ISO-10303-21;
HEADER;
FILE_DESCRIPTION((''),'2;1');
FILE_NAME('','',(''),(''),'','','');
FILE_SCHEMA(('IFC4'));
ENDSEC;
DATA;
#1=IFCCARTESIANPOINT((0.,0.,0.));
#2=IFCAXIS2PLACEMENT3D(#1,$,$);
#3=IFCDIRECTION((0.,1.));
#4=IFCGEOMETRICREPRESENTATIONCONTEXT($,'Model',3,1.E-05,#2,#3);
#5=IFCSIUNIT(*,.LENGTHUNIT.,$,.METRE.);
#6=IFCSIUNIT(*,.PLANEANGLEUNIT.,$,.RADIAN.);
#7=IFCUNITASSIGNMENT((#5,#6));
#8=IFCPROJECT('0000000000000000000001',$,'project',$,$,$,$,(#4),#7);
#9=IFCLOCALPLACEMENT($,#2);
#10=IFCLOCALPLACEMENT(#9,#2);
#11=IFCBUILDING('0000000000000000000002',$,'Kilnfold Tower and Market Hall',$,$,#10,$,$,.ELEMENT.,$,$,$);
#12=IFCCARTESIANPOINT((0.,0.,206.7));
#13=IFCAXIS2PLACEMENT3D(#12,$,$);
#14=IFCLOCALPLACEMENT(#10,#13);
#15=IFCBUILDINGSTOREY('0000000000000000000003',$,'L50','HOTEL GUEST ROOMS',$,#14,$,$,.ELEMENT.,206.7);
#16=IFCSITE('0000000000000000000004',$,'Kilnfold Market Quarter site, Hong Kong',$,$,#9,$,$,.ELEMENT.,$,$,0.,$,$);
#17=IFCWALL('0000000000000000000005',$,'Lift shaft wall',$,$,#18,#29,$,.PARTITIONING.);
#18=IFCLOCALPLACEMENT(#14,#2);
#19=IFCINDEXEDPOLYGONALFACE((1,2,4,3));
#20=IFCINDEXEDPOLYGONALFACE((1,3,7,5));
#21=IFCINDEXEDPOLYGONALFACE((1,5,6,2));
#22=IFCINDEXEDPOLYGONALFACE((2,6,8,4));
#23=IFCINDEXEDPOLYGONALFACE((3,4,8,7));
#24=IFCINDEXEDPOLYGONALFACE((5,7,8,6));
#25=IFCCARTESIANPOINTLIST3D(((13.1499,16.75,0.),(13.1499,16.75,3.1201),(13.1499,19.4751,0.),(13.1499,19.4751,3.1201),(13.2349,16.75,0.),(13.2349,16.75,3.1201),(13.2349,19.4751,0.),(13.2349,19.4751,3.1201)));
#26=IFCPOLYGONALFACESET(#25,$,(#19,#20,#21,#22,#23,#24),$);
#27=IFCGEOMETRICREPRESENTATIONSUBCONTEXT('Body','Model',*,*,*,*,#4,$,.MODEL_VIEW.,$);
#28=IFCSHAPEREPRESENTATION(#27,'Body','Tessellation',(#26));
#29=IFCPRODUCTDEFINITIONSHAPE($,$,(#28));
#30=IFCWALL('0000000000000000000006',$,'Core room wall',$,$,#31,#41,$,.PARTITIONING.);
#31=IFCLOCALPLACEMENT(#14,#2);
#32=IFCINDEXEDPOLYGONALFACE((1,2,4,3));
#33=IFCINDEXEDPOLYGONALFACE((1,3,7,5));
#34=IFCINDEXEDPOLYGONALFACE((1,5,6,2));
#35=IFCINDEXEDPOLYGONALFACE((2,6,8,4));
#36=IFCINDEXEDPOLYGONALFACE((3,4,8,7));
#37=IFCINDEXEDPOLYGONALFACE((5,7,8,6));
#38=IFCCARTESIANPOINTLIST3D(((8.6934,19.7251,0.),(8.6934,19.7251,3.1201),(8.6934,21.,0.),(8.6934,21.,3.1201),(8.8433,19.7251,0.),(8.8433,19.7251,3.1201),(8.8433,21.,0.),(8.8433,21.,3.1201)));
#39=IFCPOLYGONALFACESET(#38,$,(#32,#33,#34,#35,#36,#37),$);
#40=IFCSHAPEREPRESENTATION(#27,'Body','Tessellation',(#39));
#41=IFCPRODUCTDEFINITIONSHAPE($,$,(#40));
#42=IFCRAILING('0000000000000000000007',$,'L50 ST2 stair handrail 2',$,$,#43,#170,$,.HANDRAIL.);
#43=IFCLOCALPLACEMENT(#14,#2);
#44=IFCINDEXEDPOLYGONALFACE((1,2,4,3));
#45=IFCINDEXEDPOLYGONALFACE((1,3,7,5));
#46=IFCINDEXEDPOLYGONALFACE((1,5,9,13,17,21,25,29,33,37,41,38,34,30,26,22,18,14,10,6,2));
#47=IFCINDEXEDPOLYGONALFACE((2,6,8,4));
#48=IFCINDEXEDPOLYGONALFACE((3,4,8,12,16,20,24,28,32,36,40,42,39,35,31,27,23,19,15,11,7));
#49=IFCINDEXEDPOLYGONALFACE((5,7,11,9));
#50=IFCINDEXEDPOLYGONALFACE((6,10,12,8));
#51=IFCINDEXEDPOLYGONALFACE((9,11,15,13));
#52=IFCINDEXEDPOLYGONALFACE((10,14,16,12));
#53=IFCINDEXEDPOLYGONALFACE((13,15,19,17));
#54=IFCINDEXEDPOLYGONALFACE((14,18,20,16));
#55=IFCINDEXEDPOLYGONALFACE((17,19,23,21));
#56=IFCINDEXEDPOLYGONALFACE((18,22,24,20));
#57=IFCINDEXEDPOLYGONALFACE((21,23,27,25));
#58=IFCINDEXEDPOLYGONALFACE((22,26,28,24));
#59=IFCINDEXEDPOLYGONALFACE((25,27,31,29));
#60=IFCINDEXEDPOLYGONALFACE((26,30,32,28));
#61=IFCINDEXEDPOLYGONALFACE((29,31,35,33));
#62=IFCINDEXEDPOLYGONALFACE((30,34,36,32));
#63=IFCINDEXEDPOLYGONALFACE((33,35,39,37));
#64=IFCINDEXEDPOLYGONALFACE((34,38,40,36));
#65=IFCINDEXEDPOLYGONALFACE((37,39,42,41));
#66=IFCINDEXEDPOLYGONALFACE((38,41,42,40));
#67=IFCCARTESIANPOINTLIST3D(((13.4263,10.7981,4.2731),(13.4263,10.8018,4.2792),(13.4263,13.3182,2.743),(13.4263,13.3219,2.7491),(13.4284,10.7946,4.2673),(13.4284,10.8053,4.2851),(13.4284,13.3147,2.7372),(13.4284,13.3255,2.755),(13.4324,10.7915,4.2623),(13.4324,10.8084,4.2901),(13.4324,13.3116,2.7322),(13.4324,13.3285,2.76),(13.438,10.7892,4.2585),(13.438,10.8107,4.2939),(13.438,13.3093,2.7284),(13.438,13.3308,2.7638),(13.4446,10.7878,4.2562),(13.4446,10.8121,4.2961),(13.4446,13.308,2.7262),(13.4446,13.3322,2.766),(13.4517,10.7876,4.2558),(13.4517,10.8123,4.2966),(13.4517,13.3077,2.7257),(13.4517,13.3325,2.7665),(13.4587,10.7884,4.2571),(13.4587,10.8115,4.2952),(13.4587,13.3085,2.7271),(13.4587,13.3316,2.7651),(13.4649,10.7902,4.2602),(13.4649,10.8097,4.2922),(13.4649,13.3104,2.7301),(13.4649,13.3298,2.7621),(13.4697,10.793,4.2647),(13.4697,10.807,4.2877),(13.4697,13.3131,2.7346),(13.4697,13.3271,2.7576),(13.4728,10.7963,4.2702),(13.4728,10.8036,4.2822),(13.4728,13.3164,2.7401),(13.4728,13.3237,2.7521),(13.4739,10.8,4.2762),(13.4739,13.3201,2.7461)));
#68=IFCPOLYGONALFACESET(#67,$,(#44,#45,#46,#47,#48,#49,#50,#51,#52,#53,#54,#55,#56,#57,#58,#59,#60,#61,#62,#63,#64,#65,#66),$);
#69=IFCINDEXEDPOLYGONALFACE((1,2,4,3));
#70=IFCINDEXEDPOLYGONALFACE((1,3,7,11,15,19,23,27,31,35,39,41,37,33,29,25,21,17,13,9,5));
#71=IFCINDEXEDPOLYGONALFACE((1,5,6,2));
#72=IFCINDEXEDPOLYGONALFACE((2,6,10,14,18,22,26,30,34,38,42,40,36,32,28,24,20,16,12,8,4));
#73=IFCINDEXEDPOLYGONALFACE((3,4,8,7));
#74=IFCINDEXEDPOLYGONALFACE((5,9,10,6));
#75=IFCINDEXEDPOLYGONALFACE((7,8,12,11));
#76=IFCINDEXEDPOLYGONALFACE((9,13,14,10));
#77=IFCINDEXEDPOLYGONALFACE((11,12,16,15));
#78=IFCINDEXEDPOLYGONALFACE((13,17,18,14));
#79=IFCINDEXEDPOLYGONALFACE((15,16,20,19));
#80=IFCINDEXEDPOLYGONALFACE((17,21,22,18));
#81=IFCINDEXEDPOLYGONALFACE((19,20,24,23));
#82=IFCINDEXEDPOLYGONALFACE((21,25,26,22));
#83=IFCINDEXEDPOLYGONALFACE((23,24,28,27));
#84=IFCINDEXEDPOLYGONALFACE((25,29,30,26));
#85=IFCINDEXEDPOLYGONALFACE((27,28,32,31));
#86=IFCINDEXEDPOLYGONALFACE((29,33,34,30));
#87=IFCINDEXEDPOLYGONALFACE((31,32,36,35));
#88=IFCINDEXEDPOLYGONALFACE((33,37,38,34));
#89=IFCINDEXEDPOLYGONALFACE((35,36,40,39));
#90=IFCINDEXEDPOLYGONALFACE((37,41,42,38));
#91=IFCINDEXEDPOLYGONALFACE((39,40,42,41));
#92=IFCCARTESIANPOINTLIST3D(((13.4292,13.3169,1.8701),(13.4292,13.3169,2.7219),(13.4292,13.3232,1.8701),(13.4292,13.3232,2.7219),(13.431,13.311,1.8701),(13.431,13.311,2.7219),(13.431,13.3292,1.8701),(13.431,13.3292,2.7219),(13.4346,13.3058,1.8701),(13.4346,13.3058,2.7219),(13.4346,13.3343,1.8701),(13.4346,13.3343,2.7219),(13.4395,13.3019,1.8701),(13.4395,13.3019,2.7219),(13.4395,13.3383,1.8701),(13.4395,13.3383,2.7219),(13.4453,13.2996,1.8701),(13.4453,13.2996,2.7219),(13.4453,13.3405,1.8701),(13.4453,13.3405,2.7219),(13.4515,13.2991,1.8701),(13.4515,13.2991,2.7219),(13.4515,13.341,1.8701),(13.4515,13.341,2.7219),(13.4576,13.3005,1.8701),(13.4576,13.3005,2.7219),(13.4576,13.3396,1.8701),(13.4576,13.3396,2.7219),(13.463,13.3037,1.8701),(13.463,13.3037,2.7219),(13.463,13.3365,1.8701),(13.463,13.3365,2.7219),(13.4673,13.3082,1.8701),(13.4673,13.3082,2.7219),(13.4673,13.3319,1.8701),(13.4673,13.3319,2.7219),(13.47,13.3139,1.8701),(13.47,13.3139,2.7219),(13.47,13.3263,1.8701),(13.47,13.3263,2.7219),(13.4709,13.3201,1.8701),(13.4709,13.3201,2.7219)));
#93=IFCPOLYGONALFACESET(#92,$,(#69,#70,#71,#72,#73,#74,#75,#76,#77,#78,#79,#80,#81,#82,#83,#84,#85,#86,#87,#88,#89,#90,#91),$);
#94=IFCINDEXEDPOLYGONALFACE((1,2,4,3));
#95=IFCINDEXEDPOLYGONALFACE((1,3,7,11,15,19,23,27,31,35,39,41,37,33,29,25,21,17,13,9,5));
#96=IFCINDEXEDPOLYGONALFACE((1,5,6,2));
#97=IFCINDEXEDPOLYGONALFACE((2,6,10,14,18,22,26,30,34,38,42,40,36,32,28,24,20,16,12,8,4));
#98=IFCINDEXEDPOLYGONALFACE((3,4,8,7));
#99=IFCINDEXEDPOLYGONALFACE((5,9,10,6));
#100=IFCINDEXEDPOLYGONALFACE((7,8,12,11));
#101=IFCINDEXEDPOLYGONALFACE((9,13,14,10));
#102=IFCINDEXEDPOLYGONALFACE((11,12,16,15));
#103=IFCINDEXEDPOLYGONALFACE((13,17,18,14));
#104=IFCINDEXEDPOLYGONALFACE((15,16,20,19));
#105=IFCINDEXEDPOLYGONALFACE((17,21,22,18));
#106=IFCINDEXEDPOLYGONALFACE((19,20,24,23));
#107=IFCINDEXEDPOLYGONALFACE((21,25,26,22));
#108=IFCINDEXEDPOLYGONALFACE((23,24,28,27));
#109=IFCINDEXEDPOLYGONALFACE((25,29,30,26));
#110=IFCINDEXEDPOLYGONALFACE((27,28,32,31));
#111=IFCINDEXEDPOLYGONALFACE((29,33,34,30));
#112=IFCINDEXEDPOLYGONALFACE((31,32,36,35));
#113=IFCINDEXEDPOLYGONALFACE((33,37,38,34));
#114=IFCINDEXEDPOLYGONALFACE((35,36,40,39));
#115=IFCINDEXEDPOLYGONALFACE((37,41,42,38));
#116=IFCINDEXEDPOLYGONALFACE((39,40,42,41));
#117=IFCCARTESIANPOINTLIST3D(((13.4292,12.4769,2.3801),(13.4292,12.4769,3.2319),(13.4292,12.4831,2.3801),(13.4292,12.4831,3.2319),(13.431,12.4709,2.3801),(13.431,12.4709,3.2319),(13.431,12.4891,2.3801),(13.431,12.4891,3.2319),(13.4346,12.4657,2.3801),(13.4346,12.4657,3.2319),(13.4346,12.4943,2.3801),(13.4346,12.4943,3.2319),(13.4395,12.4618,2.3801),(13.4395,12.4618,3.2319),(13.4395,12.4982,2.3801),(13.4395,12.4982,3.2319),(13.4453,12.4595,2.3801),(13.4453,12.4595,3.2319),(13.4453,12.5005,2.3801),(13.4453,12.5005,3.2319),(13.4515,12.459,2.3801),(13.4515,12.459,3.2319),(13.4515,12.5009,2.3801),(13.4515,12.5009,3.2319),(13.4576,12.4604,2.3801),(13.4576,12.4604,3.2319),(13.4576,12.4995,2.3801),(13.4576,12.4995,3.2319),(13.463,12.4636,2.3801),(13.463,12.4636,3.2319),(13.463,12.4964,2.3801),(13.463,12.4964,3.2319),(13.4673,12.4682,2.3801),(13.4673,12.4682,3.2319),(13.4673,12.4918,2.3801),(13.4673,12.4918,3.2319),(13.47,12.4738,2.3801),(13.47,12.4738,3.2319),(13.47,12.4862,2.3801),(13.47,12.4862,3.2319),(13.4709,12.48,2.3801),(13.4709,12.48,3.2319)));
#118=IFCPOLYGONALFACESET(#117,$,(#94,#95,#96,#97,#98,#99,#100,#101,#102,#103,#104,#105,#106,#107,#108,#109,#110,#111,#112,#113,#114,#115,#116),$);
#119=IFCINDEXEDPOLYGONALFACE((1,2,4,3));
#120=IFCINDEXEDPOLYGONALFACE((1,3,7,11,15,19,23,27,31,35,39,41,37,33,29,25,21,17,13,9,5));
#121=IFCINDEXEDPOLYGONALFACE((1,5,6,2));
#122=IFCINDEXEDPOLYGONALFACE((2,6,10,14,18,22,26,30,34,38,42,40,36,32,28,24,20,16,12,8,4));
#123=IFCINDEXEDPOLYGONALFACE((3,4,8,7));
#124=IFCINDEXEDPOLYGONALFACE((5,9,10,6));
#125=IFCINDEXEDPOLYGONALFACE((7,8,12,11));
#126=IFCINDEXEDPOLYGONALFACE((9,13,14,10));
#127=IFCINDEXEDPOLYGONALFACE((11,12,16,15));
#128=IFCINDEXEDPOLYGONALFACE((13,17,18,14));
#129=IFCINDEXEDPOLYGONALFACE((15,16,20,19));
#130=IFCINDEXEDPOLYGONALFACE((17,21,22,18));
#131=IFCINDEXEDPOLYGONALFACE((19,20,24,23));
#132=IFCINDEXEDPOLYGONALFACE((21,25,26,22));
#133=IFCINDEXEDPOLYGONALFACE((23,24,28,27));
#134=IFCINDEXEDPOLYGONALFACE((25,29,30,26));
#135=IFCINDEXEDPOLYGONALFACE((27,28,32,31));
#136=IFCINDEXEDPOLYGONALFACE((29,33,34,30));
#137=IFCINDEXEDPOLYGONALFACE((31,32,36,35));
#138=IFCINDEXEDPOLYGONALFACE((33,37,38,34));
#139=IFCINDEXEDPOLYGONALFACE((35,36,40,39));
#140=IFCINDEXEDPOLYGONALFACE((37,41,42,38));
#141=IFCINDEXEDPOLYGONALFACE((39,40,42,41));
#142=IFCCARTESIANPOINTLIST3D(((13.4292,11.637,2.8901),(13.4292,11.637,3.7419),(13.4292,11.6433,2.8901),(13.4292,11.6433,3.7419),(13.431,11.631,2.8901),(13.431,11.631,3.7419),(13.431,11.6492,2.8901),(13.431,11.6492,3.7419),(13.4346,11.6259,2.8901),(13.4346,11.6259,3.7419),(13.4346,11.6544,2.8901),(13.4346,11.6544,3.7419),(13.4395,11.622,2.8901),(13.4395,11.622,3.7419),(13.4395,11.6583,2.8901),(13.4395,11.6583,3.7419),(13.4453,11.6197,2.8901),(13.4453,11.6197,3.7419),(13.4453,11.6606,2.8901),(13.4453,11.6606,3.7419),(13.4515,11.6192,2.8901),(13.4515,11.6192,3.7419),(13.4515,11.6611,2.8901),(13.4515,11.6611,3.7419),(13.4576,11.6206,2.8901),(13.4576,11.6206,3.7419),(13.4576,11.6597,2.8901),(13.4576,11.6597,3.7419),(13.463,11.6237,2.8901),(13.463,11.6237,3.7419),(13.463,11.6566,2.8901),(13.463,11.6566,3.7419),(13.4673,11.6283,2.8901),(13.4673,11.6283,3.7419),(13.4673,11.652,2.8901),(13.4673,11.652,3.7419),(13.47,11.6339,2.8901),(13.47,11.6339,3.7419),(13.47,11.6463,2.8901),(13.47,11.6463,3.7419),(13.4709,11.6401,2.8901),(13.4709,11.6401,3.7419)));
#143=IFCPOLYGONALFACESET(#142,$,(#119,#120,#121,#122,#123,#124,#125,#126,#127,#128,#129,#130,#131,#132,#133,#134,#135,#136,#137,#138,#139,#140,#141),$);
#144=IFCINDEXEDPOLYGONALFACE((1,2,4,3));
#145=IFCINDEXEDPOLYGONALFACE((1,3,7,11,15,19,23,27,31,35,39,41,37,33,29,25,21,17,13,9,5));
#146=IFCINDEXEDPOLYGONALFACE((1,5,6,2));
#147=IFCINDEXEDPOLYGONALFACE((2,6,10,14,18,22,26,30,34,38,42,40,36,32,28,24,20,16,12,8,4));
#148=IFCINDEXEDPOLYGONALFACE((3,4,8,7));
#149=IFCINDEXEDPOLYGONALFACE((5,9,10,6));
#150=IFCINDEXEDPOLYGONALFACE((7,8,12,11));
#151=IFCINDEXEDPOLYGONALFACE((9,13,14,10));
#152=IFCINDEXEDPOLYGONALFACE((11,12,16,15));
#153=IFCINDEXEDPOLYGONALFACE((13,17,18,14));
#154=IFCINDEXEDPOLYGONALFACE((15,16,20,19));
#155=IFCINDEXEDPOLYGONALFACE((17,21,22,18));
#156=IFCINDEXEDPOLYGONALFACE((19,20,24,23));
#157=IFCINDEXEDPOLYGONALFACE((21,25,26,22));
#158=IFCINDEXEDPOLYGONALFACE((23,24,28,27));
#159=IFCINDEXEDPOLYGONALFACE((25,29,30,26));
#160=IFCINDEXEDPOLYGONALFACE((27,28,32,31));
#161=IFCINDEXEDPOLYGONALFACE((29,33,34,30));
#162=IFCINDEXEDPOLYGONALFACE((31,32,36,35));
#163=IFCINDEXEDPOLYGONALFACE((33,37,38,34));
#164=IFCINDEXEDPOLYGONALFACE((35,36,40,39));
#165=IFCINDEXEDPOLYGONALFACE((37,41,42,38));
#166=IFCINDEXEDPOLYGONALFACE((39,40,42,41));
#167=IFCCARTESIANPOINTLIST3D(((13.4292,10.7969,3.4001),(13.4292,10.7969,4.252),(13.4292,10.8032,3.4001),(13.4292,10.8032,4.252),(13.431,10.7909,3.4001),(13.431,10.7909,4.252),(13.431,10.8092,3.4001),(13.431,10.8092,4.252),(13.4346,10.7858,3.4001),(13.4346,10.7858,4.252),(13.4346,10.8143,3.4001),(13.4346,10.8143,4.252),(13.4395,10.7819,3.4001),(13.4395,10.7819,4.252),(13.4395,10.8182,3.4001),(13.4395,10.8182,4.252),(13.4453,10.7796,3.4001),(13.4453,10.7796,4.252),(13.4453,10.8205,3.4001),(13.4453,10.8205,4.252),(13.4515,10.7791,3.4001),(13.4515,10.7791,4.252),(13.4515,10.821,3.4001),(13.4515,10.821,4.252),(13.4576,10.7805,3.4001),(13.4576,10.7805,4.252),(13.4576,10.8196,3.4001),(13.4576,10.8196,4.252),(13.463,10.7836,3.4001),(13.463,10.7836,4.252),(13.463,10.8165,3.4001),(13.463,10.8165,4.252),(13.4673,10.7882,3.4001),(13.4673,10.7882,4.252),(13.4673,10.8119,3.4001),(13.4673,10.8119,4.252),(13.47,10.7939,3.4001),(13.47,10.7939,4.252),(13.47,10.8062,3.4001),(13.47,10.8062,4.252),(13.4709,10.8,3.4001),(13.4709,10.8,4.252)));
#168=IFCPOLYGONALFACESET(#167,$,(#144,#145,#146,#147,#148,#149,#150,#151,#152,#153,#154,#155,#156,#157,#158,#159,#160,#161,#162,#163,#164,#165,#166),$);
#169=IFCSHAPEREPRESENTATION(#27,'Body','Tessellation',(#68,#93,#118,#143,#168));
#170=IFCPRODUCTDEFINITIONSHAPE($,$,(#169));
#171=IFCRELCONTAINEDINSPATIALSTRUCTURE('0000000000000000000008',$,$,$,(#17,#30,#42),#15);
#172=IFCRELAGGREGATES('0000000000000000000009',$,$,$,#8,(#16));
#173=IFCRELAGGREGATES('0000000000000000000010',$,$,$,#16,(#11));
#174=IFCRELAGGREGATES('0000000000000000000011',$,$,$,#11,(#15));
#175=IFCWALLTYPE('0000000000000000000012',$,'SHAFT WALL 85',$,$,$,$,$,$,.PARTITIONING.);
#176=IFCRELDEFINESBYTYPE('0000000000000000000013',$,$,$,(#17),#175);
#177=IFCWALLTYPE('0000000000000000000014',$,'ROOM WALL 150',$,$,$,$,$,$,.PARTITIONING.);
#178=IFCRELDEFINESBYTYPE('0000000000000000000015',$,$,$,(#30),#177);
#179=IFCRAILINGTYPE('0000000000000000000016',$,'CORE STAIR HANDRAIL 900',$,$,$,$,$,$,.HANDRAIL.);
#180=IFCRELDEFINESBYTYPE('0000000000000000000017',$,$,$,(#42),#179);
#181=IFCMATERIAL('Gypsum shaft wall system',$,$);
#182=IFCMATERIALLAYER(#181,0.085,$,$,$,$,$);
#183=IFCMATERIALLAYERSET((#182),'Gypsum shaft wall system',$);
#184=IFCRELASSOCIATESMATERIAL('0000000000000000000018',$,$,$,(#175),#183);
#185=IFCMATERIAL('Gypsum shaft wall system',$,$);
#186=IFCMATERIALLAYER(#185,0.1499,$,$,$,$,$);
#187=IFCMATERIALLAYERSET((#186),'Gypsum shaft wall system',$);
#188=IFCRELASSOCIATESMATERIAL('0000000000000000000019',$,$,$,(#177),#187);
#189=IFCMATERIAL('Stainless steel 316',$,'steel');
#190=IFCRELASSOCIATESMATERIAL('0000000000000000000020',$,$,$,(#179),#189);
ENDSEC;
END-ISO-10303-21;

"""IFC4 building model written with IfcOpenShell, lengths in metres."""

from ifc_helpers import new_model, si_unit, direction, frame, frame_2d, origin, origin_2d, place, context, subcontext, project, spatial, rectangle, circle, extrude, source, transform, mapped, material, layer, layer_set, type_object, element, save


model = new_model("IFC4")

# Units and contexts
model_context = context("Model", 3, precision=1e-05, world=origin(), true_north=direction((0.0, 1.0)))
body_context = subcontext(model_context, "Body", "Model", "MODEL_VIEW")
ifc_project = project(units=[si_unit("LENGTHUNIT", "METRE"), si_unit("PLANEANGLEUNIT", "RADIAN")], contexts=[model_context])

# Site, building, storey
site_placement = place(None, origin())
site = spatial("IfcSite", under=ifc_project, at=site_placement, Name="Kilnfold Market Quarter site, Hong Kong", CompositionType="ELEMENT", RefElevation=0.0)
building_placement = place(site_placement, origin())
building = spatial("IfcBuilding", under=site, at=building_placement, Name="Kilnfold Tower and Market Hall", CompositionType="ELEMENT")
storey_placement = place(building_placement, frame((0.0, 0.0, 206.7)))
storey = spatial("IfcBuildingStorey", under=building, at=storey_placement, Name="L50", Description="HOTEL GUEST ROOMS", CompositionType="ELEMENT", Elevation=206.7)

# Walls
ifc_material_1 = material(Name="Gypsum shaft wall system")
ifc_layer_1 = layer(ifc_material_1, 0.085)
ifc_layer_set_1 = layer_set([ifc_layer_1], Name="Gypsum shaft wall system")
wall_type_1 = type_object("IfcWallType", Name="SHAFT WALL 85", PredefinedType="PARTITIONING", material=ifc_layer_set_1)
shared_shape_1 = source(origin(), body_context, "Body", "SweptSolid", [
    extrude(rectangle(XDim=2.7251, YDim=0.085, at=frame_2d((1.3625, 0.0))), origin(), (0.0, 0.0, 1.0), 3.1201),
])
wall_1_placement = place(storey_placement, frame((13.1924, 16.75, 0.0), z_axis=(0.0, 0.0, 1.0), x_axis=(0.0, 1.0, 0.0)))
element("IfcWall", 1, at=wall_1_placement, inside=storey, type_object=wall_type_1, Name="Lift shaft wall", PredefinedType="PARTITIONING", context=body_context, shape_type="MappedRepresentation", body=[
    mapped(shared_shape_1, transform((0.0, 0.0, 0.0))),
])
ifc_material_2 = material(Name="Gypsum shaft wall system")
ifc_layer_2 = layer(ifc_material_2, 0.1499)
ifc_layer_set_2 = layer_set([ifc_layer_2], Name="Gypsum shaft wall system")
wall_type_2 = type_object("IfcWallType", Name="ROOM WALL 150", PredefinedType="PARTITIONING", material=ifc_layer_set_2)
shared_shape_2 = source(origin(), body_context, "Body", "SweptSolid", [
    extrude(rectangle(XDim=1.2749, YDim=0.1499, at=frame_2d((0.6375, 0.0))), origin(), (0.0, 0.0, 1.0), 3.1201),
])
wall_2_placement = place(storey_placement, frame((8.7683, 19.7251, 0.0), z_axis=(0.0, 0.0, 1.0), x_axis=(0.0, 1.0, 0.0)))
element("IfcWall", 2, at=wall_2_placement, inside=storey, type_object=wall_type_2, Name="Core room wall", PredefinedType="PARTITIONING", context=body_context, shape_type="MappedRepresentation", body=[
    mapped(shared_shape_2, transform((0.0, 0.0, 0.0))),
])

# Railing
ifc_material_3 = material(Name="Stainless steel 316", Category="steel")
railing_type = type_object("IfcRailingType", Name="CORE STAIR HANDRAIL 900", PredefinedType="HANDRAIL", material=ifc_material_3)
railing_placement = place(storey_placement, frame((13.45, 13.3201, 1.8701)))
element("IfcRailing", 3, at=railing_placement, inside=storey, type_object=railing_type, Name="L50 ST2 stair handrail 2", PredefinedType="HANDRAIL", context=body_context, shape_type="SweptSolid", body=[
    extrude(circle(Radius=0.0239, at=origin_2d()), frame((0.0, 0.0, 0.876), z_axis=(0.0, -0.854785, 0.518982), x_axis=(1.0, 0.0, 0.0)), (0.0, 0.0, 1.0), 2.9482),
    extrude(circle(Radius=0.021, at=origin_2d()), origin(), (0.0, 0.0, 1.0), 0.8518),
    extrude(circle(Radius=0.021, at=origin_2d()), frame((0.0, -0.8401, 0.51)), (0.0, 0.0, 1.0), 0.8518),
    extrude(circle(Radius=0.021, at=origin_2d()), frame((0.0, -1.6799, 1.02)), (0.0, 0.0, 1.0), 0.8518),
    extrude(circle(Radius=0.021, at=origin_2d()), frame((0.0, -2.52, 1.53)), (0.0, 0.0, 1.0), 0.8518),
])

save(model, "model.ifc")
